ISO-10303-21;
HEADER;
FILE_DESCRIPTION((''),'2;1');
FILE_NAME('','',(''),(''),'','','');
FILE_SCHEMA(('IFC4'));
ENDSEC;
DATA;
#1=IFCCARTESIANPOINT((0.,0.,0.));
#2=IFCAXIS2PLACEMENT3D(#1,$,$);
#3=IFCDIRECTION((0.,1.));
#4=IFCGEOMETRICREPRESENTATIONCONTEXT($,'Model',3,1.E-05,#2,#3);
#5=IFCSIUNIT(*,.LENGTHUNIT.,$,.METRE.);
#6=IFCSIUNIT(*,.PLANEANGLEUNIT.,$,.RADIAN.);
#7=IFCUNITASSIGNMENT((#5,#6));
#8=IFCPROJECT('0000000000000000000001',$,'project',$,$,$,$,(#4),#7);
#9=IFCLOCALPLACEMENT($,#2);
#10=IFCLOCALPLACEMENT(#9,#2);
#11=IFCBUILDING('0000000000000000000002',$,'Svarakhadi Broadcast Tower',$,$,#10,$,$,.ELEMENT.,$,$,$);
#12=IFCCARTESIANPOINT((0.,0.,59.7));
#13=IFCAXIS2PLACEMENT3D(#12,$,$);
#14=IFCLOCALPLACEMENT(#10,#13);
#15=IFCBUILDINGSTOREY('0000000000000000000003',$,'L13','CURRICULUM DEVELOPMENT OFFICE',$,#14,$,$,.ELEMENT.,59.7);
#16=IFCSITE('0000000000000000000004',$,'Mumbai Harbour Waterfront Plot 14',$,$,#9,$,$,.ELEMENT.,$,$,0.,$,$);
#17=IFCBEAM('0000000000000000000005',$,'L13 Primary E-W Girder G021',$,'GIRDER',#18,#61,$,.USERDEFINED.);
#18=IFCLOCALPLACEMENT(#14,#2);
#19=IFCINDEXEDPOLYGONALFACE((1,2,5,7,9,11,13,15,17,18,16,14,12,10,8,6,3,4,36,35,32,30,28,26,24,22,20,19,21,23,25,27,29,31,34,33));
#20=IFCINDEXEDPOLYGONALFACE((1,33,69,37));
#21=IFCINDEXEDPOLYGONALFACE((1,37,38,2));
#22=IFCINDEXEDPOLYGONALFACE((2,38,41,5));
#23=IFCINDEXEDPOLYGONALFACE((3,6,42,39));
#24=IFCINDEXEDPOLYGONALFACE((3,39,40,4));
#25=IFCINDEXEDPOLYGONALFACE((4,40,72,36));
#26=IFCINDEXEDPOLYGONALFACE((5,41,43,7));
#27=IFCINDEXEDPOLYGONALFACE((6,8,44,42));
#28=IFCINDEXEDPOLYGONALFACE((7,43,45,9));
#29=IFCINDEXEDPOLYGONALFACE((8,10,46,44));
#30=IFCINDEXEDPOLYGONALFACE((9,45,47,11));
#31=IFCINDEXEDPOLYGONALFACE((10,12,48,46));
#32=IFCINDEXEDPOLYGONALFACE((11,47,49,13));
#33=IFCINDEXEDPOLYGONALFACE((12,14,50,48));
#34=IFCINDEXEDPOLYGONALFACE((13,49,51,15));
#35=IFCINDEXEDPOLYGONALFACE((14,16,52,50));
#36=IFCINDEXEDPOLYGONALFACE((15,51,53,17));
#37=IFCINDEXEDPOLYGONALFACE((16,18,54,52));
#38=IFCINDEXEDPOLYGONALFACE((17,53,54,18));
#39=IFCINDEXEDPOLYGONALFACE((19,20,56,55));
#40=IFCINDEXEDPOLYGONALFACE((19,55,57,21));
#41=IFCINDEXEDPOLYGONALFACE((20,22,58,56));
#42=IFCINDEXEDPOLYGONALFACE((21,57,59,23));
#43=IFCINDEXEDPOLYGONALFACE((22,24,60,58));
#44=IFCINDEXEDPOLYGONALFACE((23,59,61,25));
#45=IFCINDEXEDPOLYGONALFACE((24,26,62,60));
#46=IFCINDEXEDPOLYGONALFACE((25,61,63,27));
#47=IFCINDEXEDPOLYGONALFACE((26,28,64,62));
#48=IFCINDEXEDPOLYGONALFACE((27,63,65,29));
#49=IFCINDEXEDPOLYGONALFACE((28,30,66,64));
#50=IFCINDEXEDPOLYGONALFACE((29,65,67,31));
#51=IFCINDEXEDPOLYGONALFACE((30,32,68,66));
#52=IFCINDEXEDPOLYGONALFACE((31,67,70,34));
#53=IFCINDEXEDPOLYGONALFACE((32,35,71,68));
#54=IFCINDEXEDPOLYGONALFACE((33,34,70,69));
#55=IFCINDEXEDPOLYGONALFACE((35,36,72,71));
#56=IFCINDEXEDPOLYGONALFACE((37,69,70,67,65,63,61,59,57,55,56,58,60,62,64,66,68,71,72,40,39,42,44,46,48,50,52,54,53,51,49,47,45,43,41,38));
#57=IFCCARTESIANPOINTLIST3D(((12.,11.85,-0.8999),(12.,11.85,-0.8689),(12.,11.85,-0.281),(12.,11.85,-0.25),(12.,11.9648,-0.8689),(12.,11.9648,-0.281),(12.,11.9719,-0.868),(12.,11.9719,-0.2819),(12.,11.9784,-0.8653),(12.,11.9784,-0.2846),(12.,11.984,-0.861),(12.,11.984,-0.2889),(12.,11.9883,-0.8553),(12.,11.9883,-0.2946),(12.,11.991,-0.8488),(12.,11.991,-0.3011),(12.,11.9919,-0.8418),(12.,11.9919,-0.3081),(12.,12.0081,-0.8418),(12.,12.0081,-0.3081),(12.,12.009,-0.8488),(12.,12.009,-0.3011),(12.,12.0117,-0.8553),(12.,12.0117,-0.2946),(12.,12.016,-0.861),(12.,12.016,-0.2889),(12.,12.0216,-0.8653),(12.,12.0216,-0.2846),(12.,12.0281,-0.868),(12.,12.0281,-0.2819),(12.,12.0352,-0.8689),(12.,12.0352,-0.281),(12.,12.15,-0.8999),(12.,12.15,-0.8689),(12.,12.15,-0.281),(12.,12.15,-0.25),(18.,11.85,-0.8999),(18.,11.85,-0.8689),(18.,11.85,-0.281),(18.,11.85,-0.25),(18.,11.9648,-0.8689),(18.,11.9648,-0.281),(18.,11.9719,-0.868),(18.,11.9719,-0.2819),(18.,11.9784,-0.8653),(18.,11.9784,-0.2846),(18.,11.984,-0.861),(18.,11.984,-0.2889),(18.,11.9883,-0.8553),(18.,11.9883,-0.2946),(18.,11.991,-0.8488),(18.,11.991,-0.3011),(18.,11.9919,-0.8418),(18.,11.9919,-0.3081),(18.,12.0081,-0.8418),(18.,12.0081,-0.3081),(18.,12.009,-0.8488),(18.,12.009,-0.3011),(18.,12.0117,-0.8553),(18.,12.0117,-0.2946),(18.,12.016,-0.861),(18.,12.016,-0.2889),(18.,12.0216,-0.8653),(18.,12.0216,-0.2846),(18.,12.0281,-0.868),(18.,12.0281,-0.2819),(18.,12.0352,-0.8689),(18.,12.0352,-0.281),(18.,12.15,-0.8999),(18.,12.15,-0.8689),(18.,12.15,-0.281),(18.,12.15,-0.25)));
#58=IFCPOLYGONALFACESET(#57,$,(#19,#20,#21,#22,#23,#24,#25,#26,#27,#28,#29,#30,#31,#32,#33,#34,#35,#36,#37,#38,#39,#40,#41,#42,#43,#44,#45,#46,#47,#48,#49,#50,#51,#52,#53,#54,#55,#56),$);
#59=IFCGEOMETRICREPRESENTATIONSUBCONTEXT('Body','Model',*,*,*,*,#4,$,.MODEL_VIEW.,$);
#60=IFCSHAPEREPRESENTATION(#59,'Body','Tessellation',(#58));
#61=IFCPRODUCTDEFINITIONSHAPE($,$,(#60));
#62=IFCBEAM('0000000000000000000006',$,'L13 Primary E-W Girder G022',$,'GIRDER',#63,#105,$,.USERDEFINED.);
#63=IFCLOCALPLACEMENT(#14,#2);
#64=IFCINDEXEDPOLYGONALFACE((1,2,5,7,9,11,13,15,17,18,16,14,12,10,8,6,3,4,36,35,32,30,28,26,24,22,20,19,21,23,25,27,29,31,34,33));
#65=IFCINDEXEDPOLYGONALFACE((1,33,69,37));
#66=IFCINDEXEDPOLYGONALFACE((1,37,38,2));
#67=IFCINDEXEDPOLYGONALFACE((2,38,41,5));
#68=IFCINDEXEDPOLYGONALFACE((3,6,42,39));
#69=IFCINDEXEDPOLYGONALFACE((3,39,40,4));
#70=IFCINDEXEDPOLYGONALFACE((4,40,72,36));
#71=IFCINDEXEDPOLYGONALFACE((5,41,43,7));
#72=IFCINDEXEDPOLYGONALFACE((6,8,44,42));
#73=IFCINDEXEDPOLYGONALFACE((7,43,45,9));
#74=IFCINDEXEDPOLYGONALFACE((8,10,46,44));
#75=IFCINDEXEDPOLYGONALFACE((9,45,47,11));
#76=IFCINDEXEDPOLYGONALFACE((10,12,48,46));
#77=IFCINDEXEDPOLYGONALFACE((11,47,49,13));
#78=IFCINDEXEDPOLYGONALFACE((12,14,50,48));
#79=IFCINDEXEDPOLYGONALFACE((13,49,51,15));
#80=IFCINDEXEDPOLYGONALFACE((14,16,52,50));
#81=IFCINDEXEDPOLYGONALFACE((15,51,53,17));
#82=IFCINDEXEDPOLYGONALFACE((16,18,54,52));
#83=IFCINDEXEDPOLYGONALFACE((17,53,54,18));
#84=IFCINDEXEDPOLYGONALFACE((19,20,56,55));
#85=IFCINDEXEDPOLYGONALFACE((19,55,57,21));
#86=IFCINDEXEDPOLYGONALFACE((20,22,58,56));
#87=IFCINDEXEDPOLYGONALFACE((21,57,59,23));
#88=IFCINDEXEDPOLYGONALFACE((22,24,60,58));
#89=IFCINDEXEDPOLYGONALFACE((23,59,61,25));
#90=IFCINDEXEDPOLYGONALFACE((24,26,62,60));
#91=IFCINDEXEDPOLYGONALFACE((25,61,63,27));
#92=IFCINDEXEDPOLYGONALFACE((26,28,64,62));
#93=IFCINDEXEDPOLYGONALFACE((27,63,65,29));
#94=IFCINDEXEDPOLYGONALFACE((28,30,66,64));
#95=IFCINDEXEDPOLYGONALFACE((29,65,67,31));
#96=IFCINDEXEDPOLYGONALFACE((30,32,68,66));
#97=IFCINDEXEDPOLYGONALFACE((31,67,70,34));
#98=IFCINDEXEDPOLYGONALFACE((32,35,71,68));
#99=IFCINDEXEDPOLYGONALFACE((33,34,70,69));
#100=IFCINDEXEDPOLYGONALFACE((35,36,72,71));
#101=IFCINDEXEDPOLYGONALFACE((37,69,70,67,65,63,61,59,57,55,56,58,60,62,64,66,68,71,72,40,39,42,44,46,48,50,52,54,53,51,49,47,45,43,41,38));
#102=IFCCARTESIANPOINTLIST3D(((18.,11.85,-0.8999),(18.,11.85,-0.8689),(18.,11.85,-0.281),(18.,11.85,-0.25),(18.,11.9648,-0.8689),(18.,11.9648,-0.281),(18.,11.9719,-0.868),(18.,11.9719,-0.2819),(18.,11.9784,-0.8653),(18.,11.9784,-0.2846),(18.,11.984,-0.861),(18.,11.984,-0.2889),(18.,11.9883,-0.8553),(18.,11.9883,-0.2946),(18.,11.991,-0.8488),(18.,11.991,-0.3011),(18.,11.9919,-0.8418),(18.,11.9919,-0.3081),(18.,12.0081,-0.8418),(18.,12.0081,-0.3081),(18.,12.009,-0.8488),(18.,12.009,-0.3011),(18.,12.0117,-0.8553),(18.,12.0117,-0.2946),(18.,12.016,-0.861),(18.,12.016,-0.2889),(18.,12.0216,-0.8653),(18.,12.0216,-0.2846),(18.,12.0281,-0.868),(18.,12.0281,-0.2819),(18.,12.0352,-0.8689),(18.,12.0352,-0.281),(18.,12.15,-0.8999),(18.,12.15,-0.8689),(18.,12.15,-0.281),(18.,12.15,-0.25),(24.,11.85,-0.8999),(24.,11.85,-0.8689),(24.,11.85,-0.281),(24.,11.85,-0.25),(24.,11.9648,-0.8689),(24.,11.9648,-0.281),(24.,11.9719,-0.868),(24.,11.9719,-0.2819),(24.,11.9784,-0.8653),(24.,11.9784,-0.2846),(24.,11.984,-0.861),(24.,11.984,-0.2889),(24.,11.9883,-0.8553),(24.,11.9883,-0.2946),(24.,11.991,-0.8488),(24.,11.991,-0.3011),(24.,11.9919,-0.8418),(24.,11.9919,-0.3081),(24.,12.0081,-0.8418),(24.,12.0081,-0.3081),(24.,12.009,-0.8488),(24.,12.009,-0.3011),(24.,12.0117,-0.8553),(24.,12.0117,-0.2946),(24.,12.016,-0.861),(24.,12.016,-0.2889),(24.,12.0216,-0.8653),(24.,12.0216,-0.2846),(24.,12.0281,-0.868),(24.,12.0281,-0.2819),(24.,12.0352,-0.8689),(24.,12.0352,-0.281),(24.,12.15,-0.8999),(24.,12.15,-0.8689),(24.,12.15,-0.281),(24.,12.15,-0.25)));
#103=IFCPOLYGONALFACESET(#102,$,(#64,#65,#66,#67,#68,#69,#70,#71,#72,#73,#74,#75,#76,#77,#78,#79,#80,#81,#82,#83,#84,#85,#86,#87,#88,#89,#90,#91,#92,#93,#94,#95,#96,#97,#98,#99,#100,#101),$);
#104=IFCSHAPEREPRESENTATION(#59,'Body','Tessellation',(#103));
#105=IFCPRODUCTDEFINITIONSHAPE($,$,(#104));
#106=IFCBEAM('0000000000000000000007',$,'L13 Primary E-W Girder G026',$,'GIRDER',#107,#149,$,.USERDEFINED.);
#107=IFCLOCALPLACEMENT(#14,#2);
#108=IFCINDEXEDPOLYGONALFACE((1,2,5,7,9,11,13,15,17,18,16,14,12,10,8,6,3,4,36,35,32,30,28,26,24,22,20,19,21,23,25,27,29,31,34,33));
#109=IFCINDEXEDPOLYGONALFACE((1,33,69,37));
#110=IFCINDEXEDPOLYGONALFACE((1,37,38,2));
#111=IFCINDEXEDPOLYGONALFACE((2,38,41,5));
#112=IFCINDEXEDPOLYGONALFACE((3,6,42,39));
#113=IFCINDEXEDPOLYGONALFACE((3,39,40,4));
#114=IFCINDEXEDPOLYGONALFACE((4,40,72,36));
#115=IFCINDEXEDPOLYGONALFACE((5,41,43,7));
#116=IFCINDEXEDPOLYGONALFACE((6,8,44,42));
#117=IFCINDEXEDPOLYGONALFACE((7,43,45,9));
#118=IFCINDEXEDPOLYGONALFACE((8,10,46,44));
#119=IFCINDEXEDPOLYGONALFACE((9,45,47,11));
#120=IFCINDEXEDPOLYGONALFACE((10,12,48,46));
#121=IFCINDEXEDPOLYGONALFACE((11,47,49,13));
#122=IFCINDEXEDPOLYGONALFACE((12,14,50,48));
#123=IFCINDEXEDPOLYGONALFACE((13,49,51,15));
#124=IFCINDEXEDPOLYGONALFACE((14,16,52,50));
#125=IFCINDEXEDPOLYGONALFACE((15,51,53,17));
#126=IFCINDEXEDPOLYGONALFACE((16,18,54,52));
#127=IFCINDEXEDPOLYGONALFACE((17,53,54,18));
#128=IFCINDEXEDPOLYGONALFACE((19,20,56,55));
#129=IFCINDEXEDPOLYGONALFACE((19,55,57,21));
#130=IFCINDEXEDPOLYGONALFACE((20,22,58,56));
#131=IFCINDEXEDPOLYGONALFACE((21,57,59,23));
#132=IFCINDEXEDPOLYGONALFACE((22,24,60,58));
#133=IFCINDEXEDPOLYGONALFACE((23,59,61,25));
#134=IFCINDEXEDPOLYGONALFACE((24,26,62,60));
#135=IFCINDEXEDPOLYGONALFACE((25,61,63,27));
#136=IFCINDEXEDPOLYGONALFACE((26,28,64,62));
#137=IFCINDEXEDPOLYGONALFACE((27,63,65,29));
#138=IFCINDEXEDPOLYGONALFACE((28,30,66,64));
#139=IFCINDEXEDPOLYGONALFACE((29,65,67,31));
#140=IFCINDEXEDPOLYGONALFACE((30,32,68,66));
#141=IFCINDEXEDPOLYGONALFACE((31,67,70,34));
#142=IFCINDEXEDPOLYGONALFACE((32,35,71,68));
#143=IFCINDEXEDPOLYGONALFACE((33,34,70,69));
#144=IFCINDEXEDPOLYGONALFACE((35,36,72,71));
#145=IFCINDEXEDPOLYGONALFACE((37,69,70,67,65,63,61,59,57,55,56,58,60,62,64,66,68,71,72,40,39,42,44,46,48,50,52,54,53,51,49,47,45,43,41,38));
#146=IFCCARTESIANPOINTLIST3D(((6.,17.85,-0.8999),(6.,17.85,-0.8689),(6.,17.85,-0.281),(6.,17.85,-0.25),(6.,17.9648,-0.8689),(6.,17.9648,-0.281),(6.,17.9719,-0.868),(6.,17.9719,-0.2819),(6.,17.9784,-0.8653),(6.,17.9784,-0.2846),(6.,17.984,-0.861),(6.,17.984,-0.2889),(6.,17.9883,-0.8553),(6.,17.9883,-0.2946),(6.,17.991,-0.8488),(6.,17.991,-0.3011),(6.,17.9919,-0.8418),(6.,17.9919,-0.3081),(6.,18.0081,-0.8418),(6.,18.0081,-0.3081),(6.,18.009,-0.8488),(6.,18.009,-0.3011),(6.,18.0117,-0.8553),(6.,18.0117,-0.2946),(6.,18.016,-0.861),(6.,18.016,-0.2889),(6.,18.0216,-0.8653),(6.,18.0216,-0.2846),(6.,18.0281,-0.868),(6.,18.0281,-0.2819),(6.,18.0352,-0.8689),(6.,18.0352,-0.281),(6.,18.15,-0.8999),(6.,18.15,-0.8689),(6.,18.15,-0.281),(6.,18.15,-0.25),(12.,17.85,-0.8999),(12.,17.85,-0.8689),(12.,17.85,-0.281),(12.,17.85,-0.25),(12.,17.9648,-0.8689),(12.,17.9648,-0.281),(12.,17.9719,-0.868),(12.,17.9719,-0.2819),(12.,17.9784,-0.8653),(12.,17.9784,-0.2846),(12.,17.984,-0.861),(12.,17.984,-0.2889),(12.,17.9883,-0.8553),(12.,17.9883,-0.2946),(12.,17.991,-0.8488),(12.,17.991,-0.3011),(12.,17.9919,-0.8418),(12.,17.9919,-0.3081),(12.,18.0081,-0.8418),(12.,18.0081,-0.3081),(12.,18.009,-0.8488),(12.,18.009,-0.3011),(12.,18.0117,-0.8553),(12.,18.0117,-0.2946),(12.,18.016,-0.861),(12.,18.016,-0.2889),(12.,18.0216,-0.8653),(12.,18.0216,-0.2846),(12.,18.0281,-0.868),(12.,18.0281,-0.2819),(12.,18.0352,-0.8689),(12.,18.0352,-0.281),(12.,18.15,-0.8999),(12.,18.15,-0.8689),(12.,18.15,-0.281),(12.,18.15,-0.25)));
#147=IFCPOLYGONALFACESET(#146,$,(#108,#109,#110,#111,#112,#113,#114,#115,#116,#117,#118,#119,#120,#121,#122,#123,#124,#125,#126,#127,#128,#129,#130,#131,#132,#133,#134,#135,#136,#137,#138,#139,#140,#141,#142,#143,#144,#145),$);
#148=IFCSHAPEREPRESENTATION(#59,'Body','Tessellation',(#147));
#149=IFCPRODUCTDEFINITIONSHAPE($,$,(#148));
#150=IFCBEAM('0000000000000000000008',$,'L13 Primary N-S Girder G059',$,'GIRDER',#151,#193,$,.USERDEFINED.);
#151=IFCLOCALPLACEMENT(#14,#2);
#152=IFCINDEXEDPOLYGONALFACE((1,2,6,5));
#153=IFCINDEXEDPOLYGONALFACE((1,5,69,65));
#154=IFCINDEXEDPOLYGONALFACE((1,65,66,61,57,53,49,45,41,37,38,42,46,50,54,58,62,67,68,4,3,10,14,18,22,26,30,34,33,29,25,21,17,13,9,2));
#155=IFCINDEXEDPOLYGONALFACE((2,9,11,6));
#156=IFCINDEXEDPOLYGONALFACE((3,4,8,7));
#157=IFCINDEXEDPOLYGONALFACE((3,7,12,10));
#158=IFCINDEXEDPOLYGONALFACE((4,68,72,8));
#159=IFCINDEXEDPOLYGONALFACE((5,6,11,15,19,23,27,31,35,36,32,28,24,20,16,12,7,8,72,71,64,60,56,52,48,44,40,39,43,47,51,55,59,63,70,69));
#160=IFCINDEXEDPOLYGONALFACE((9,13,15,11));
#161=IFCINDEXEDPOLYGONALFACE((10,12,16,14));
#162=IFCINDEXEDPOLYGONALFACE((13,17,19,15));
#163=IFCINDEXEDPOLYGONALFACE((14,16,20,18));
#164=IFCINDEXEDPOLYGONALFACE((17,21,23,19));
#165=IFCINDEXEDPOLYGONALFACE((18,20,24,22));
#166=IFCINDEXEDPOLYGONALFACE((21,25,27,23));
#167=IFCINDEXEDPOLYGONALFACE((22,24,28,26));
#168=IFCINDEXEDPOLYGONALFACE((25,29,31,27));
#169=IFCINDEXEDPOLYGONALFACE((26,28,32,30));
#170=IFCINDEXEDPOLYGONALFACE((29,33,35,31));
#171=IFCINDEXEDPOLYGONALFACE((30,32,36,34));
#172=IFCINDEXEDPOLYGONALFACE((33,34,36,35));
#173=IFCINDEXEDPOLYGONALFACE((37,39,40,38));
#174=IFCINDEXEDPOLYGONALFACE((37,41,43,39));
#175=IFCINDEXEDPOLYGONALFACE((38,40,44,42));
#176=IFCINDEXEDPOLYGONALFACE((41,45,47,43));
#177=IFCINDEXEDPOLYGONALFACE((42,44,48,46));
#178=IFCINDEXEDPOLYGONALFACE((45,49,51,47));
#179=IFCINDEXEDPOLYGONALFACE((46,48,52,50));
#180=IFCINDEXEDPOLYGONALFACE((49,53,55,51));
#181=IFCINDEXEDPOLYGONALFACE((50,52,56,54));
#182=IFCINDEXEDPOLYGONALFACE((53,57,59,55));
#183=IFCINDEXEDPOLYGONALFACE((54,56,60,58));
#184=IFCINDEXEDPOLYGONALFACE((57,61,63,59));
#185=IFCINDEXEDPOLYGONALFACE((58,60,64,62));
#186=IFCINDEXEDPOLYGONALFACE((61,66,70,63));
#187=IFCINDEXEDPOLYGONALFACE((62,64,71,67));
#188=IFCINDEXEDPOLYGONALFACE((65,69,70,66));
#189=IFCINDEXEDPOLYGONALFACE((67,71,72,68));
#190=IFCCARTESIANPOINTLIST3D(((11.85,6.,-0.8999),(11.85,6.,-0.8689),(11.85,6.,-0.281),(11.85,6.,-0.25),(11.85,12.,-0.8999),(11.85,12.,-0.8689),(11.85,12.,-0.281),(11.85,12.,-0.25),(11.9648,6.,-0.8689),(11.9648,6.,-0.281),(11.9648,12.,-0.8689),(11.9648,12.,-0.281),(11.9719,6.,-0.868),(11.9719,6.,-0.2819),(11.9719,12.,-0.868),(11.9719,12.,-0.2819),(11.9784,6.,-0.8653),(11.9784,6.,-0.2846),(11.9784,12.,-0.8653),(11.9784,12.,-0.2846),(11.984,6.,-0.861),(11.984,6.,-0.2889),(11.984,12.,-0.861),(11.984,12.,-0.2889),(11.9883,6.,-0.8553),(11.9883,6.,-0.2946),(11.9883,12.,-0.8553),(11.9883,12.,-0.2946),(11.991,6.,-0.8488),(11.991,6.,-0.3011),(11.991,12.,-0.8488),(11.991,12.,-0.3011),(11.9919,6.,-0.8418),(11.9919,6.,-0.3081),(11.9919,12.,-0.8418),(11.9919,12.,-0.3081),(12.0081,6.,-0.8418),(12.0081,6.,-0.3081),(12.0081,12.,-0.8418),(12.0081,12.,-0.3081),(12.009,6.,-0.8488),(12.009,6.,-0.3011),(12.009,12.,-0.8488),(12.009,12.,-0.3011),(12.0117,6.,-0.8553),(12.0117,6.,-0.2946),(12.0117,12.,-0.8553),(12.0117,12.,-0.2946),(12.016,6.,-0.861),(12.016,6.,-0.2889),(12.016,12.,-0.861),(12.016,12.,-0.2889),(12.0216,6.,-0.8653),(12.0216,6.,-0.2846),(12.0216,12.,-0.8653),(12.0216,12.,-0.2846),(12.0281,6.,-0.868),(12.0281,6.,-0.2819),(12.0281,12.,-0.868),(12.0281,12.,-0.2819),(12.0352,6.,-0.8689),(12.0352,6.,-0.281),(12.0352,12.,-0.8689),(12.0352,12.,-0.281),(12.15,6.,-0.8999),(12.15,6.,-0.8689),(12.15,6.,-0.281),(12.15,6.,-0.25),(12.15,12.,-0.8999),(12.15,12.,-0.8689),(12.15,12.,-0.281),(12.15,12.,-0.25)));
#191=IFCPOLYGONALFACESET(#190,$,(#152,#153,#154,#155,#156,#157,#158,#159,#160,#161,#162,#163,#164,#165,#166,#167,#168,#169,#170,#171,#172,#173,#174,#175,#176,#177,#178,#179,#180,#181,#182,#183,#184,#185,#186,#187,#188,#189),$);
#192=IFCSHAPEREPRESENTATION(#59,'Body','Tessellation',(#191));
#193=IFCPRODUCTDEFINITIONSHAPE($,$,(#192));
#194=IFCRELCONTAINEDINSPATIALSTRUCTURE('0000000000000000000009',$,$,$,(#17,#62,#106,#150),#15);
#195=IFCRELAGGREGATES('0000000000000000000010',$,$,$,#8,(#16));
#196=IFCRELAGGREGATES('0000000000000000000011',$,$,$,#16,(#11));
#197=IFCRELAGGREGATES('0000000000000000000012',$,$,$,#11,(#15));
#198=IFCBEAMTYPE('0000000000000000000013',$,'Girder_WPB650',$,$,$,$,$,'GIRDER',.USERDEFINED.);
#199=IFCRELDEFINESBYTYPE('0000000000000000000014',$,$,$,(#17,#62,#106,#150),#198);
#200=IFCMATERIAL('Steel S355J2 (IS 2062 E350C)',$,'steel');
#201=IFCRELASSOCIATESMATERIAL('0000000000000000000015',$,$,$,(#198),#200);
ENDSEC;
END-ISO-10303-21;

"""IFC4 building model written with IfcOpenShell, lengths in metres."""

from ifc_helpers import new_model, si_unit, direction, frame, origin, origin_2d, place, context, subcontext, project, spatial, i_section, extrude, material, material_profile, profile_set, type_object, element, save


model = new_model("IFC4")

# Units and contexts
model_context = context("Model", 3, precision=1e-05, world=origin(), true_north=direction((0.0, 1.0)))
body_context = subcontext(model_context, "Body", "Model", "MODEL_VIEW")
ifc_project = project(units=[si_unit("LENGTHUNIT", "METRE"), si_unit("PLANEANGLEUNIT", "RADIAN")], contexts=[model_context])

# Site, building, storey
site_placement = place(None, origin())
site = spatial("IfcSite", under=ifc_project, at=site_placement, Name="Mumbai Harbour Waterfront Plot 14", CompositionType="ELEMENT", RefElevation=0.0)
building_placement = place(site_placement, origin())
building = spatial("IfcBuilding", under=site, at=building_placement, Name="Svarakhadi Broadcast Tower", CompositionType="ELEMENT")
storey_placement = place(building_placement, frame((0.0, 0.0, 59.7)))
storey = spatial("IfcBuildingStorey", under=building, at=storey_placement, Name="L13", Description="CURRICULUM DEVELOPMENT OFFICE", CompositionType="ELEMENT", Elevation=59.7)

# Beams
ifc_material_1 = material(Name="Steel S355J2 (IS 2062 E350C)", Category="steel")
ifc_material_profile_1 = material_profile(ifc_material_1, i_section(OverallWidth=0.3, OverallDepth=0.6499, WebThickness=0.0161, FlangeThickness=0.031, FilletRadius=0.0271, at=origin_2d()), Name="WPB 650x300x225")
ifc_profile_set_1 = profile_set([ifc_material_profile_1], Name="Steel S355J2 (IS 2062 E350C)")
beam_type_1 = type_object("IfcBeamType", Name="Girder_WPB650", ElementType="GIRDER", PredefinedType="USERDEFINED", material=ifc_profile_set_1)
for number, where, z_axis, x_axis, name in (
    (1, (12.0, 12.0, -0.575), (1.0, 0.0, 0.0), (0.0, 1.0, 0.0), "L13 Primary E-W Girder G021"),
    (2, (18.0, 12.0, -0.575), (1.0, 0.0, 0.0), (0.0, 1.0, 0.0), "L13 Primary E-W Girder G022"),
    (3, (6.0, 18.0, -0.575), (1.0, 0.0, 0.0), (0.0, 1.0, 0.0), "L13 Primary E-W Girder G026"),
    (4, (12.0, 6.0, -0.575), (0.0, 1.0, 0.0), (-1.0, 0.0, 0.0), "L13 Primary N-S Girder G059"),
):
    element("IfcBeam", number, at=place(storey_placement, frame(where, z_axis=z_axis, x_axis=x_axis)), inside=storey, type_object=beam_type_1, Name=name, ObjectType="GIRDER", PredefinedType="USERDEFINED", context=body_context, shape_type="SweptSolid", body=[
        extrude(i_section(OverallWidth=0.3, OverallDepth=0.6499, WebThickness=0.0161, FlangeThickness=0.031, FilletRadius=0.0271, at=origin_2d()), origin(), (0.0, 0.0, 1.0), 6.0),
    ])

save(model, "model.ifc")
